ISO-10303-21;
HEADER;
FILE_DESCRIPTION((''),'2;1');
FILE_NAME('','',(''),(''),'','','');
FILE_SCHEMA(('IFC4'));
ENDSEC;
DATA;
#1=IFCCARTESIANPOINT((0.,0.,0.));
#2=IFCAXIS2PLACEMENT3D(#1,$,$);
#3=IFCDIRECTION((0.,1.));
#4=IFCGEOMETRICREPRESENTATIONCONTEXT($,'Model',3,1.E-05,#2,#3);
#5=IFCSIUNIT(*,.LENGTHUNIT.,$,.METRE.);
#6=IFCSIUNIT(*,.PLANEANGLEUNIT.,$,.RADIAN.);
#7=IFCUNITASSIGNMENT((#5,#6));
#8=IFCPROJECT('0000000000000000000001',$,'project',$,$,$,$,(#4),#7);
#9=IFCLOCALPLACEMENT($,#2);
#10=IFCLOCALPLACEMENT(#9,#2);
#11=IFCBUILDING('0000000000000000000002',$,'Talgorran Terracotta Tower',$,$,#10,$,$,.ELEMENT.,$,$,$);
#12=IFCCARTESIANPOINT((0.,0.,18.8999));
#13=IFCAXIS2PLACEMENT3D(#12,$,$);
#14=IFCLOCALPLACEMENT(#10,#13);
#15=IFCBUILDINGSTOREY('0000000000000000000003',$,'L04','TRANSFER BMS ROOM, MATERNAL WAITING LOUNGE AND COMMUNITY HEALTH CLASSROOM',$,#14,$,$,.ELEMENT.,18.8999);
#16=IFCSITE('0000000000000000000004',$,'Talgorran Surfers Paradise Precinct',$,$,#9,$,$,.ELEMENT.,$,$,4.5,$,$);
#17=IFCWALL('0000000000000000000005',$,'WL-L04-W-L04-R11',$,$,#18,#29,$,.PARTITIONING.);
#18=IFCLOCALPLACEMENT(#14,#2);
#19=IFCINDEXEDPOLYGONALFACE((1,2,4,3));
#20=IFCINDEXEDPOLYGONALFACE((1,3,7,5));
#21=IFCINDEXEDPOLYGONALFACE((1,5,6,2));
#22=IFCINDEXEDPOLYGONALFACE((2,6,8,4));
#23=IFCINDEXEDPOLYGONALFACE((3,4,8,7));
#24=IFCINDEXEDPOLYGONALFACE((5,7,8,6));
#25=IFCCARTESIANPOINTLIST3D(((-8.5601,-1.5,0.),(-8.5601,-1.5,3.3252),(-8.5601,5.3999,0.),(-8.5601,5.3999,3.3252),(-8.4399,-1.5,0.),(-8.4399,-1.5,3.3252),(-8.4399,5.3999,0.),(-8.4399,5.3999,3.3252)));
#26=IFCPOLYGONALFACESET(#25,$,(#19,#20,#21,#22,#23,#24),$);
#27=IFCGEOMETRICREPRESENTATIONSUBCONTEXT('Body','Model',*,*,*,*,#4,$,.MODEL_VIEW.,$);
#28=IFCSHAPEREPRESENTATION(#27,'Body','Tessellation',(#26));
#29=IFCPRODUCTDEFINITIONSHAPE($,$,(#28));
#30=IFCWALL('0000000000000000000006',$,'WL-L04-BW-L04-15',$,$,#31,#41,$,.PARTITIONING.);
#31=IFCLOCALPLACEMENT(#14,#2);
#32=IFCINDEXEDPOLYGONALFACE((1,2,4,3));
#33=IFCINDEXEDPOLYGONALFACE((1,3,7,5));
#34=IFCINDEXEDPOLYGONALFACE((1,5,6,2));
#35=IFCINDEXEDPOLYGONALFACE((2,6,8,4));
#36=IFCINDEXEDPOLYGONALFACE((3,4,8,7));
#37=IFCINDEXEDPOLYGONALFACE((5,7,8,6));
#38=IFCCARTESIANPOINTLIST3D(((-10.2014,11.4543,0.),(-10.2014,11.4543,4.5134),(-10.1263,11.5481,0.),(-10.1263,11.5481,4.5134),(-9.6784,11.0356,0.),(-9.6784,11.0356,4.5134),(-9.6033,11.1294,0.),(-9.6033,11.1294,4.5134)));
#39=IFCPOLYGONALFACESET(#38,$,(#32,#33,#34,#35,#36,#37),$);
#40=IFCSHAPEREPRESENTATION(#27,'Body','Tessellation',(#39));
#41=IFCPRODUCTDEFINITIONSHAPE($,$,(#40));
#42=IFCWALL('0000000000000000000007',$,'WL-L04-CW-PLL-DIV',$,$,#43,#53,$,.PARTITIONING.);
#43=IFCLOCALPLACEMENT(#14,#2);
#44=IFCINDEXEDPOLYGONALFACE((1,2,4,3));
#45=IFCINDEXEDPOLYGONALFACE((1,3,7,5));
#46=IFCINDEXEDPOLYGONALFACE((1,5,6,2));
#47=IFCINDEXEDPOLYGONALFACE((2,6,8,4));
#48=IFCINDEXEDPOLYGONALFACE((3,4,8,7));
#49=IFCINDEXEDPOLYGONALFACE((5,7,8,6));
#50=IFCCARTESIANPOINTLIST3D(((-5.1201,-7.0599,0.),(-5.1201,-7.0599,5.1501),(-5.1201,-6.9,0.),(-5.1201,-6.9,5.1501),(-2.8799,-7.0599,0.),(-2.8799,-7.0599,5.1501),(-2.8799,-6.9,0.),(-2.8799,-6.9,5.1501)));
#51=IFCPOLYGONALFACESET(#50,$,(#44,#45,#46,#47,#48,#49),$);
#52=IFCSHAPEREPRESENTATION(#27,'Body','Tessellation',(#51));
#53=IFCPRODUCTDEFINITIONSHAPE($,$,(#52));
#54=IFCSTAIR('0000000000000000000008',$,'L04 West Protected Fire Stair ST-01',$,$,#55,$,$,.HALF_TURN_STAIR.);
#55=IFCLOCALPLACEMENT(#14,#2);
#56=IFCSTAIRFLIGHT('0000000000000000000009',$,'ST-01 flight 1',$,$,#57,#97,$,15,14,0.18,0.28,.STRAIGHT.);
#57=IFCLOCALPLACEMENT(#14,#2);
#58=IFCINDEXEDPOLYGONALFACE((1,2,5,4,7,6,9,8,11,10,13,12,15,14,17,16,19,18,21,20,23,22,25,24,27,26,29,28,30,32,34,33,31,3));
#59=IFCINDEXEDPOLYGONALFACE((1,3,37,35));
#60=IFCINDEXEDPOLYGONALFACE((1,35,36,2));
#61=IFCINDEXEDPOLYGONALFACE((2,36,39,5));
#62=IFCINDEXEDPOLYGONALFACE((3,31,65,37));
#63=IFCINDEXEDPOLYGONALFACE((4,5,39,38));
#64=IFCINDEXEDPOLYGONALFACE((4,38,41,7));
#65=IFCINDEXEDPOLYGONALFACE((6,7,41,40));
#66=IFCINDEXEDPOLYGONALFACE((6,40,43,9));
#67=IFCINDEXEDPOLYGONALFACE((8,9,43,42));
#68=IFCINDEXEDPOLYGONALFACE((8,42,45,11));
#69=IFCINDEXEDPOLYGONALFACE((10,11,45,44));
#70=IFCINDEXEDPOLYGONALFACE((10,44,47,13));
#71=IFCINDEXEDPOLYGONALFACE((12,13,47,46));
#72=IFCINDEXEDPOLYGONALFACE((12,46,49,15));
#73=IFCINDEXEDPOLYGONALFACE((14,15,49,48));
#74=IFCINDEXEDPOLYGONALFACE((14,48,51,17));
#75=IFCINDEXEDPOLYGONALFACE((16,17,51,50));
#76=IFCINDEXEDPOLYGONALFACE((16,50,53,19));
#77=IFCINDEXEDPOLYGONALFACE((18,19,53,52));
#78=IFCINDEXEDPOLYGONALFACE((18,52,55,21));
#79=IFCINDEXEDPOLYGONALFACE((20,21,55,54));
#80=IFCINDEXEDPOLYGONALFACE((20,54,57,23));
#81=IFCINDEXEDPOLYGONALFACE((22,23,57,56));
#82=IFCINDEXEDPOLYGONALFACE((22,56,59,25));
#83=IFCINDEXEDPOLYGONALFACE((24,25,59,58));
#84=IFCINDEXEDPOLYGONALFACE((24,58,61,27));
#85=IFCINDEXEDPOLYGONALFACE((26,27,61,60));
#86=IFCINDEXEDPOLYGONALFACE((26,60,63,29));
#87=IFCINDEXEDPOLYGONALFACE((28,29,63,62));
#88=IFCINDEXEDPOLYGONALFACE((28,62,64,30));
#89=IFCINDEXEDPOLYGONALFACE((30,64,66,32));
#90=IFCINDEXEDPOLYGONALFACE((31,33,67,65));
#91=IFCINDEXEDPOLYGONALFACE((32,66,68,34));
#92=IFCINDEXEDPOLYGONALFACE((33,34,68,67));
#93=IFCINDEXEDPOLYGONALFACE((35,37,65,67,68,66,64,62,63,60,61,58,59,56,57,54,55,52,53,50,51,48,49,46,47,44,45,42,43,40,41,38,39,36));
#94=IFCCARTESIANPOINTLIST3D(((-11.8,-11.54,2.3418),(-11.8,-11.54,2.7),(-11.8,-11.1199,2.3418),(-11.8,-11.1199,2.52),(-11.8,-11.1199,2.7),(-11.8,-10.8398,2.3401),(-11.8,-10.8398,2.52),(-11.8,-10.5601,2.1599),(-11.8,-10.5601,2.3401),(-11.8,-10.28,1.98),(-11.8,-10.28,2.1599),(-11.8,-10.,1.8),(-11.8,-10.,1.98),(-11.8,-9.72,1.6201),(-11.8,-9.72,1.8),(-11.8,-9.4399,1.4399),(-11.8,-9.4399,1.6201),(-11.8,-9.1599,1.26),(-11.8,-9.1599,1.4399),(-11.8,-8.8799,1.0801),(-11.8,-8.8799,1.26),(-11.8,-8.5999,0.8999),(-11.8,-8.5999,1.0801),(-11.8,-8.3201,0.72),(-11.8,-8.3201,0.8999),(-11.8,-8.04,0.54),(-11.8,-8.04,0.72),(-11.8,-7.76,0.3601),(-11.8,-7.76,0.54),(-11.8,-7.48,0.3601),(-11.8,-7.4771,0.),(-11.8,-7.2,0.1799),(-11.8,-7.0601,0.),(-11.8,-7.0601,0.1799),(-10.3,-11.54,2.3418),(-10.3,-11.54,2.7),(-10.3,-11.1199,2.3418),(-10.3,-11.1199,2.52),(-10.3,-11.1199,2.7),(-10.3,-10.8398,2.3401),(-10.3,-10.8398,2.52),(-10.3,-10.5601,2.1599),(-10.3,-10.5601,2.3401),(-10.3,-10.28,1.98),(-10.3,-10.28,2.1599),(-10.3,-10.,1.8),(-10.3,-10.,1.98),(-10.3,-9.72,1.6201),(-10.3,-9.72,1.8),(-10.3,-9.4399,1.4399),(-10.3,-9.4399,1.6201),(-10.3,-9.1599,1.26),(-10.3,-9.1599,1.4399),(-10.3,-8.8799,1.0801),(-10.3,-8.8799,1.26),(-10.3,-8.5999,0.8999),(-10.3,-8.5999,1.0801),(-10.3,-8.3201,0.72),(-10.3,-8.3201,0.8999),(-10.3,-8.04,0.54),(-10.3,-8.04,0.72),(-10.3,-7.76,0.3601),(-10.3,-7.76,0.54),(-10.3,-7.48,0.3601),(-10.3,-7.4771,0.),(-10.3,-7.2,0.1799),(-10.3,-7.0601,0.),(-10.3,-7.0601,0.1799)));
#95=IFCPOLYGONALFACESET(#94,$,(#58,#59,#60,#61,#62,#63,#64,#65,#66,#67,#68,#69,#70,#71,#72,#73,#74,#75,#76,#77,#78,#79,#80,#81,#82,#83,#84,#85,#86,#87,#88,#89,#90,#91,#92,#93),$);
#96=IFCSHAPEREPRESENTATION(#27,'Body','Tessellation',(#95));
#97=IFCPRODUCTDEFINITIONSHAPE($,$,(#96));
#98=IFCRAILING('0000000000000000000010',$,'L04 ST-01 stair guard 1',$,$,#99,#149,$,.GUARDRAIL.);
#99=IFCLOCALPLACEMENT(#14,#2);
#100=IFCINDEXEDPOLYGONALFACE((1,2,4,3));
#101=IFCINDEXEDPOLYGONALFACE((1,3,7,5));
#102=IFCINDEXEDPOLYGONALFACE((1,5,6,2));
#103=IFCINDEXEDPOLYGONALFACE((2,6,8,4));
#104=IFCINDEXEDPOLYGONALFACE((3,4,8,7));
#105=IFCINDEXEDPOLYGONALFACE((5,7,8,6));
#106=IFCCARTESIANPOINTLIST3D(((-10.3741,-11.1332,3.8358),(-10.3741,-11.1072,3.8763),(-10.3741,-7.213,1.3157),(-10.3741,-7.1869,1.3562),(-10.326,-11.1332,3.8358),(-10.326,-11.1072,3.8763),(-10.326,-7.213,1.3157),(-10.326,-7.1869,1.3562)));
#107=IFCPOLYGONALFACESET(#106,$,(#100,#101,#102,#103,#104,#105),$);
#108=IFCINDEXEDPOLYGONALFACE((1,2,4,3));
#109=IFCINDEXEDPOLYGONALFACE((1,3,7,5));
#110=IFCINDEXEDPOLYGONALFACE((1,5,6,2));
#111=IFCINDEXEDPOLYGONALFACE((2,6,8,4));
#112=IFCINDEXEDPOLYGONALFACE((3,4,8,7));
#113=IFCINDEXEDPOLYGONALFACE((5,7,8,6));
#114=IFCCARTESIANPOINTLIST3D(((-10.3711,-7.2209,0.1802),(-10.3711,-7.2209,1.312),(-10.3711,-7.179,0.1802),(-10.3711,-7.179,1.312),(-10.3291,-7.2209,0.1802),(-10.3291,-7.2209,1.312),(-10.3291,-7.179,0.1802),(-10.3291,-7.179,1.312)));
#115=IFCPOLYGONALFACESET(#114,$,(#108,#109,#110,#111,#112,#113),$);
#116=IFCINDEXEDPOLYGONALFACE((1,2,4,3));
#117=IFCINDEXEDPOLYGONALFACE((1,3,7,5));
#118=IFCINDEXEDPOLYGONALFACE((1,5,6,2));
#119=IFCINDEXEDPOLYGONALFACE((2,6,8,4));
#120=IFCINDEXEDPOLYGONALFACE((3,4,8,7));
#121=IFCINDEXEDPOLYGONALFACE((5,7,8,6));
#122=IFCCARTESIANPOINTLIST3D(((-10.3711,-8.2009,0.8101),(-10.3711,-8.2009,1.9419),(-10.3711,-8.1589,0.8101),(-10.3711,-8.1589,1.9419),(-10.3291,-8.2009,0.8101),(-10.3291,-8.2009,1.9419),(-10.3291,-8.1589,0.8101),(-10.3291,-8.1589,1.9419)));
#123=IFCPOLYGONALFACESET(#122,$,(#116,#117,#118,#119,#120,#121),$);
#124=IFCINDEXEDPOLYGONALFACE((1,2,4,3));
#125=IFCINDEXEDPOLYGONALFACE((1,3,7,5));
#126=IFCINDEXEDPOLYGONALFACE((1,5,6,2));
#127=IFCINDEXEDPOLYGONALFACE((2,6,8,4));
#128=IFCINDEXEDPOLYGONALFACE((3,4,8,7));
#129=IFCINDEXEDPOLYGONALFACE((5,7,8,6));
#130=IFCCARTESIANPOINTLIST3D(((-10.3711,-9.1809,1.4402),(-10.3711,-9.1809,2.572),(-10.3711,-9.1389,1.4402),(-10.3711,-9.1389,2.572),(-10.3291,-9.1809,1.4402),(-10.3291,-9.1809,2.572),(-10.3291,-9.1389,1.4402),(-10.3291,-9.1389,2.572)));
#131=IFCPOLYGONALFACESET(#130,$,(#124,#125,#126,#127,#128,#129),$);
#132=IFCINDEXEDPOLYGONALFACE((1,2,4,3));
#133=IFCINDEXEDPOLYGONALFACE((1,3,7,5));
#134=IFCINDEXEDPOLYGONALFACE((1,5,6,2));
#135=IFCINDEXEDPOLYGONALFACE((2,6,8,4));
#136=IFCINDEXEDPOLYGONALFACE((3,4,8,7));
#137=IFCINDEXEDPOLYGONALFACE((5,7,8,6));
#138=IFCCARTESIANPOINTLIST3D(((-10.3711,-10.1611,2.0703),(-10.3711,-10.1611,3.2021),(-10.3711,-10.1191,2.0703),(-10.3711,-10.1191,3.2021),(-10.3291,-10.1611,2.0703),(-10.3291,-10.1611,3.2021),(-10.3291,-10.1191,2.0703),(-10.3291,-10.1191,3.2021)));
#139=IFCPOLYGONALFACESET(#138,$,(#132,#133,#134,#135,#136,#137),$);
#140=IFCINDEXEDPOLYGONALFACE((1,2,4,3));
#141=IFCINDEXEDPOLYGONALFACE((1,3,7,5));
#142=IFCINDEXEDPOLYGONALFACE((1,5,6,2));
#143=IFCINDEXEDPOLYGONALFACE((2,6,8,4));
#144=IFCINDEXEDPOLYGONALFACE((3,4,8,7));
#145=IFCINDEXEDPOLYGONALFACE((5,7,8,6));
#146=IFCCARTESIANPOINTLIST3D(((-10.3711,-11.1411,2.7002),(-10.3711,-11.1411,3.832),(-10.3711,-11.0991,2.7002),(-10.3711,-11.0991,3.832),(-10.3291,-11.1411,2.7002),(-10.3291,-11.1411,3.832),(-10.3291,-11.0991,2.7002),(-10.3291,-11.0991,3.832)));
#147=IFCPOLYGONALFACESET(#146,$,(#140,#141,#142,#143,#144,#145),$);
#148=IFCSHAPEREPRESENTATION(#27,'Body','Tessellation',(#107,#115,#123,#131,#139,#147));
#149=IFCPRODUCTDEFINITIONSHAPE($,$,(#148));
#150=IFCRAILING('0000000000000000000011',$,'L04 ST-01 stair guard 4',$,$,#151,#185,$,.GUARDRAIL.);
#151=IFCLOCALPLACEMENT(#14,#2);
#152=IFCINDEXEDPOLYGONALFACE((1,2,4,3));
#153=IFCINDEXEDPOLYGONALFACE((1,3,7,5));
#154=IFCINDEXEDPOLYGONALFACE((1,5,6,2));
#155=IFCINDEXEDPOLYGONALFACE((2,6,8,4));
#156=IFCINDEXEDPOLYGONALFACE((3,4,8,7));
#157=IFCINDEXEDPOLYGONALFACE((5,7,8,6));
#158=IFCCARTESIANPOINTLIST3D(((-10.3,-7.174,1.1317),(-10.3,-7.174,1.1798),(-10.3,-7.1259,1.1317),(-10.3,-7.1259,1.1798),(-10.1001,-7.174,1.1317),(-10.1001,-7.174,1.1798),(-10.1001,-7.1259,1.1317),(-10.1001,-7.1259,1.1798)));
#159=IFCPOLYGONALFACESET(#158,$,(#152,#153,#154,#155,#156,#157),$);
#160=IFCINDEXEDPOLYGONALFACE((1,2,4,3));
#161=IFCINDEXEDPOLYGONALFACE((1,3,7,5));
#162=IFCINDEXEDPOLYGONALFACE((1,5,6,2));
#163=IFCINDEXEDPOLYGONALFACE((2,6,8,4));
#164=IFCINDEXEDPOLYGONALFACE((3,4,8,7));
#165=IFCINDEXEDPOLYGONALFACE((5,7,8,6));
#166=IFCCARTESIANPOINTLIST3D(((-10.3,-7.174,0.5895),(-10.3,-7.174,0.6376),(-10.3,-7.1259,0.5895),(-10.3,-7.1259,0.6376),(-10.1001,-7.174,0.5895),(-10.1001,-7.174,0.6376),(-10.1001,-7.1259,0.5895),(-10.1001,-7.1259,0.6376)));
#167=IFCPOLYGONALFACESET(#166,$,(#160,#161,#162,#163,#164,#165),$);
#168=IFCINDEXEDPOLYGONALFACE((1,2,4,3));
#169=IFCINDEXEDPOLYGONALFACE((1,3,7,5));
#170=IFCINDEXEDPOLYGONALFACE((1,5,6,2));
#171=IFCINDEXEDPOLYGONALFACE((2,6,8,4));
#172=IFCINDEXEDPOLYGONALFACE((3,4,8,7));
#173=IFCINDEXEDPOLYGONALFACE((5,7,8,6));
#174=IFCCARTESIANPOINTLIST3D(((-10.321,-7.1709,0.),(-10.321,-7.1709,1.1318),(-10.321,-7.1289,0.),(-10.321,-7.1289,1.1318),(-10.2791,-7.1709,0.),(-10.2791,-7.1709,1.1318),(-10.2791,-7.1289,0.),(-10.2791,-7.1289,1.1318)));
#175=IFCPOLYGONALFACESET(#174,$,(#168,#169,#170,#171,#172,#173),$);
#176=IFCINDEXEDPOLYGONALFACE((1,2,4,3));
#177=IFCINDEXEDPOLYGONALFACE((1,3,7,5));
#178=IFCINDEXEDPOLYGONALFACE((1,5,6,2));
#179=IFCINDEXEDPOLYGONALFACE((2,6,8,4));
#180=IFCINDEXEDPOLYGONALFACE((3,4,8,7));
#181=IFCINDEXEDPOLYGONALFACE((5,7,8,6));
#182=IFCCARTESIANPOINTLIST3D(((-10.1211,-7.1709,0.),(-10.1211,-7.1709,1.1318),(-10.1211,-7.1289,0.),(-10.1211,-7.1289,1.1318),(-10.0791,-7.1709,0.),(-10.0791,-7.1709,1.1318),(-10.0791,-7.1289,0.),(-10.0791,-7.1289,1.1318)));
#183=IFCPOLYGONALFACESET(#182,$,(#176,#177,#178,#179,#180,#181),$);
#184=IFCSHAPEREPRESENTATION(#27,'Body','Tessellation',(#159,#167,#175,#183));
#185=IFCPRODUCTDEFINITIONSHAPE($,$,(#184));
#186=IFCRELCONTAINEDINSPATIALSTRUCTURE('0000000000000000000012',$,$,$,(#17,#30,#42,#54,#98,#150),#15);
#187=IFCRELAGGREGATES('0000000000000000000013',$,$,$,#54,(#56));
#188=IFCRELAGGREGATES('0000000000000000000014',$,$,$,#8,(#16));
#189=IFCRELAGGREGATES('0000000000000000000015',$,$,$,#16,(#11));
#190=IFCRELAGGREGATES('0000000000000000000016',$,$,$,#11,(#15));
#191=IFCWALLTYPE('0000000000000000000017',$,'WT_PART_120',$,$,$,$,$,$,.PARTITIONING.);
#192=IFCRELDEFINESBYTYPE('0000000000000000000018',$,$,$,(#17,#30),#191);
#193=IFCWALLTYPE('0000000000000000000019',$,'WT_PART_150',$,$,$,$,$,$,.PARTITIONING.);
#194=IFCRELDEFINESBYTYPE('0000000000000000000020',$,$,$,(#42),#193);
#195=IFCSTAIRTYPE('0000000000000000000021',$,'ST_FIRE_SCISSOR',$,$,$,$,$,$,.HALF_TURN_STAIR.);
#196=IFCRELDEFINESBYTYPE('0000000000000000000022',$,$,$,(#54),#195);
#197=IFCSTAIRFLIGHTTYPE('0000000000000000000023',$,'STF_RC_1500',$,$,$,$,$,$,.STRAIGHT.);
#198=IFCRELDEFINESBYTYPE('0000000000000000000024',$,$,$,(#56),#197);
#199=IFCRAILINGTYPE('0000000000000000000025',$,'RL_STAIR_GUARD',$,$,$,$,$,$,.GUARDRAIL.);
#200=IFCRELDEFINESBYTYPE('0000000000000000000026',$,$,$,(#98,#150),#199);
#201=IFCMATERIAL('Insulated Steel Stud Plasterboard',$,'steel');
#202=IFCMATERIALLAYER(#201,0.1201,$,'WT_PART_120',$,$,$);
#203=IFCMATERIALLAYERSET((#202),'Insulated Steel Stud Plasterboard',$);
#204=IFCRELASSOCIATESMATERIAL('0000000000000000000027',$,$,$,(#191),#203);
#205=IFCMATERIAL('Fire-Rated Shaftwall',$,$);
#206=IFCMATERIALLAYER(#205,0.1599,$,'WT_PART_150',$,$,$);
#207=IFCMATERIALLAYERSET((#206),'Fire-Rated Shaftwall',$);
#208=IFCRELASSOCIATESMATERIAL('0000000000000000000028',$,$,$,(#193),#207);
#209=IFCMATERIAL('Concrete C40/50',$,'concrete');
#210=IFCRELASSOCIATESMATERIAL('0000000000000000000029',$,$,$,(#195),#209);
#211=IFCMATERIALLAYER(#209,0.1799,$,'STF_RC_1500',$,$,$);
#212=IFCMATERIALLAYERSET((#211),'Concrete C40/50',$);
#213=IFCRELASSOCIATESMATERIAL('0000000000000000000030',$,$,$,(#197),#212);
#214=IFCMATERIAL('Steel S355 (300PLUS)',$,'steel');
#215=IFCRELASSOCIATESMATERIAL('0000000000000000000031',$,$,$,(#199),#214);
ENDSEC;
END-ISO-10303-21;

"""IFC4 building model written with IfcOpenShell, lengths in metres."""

from ifc_helpers import new_model, si_unit, direction, frame, frame_2d, origin, origin_2d, place, context, subcontext, project, spatial, polyline, rectangle, outline, extrude, material, layer, layer_set, type_object, element, aggregate, save


model = new_model("IFC4")

# Units and contexts
model_context = context("Model", 3, precision=1e-05, world=origin(), true_north=direction((0.0, 1.0)))
body_context = subcontext(model_context, "Body", "Model", "MODEL_VIEW")
ifc_project = project(units=[si_unit("LENGTHUNIT", "METRE"), si_unit("PLANEANGLEUNIT", "RADIAN")], contexts=[model_context])

# Site, building, storey
site_placement = place(None, origin())
site = spatial("IfcSite", under=ifc_project, at=site_placement, Name="Talgorran Surfers Paradise Precinct", CompositionType="ELEMENT", RefElevation=4.5)
building_placement = place(site_placement, origin())
building = spatial("IfcBuilding", under=site, at=building_placement, Name="Talgorran Terracotta Tower", CompositionType="ELEMENT")
storey_placement = place(building_placement, frame((0.0, 0.0, 18.8999)))
storey = spatial("IfcBuildingStorey", under=building, at=storey_placement, Name="L04", Description="TRANSFER BMS ROOM, MATERNAL WAITING LOUNGE AND COMMUNITY HEALTH CLASSROOM", CompositionType="ELEMENT", Elevation=18.8999)

# Shared definitions
ifc_material_1 = material(Name="Steel S355 (300PLUS)", Category="steel")

# Shared definitions
ifc_material_2 = material(Name="Insulated Steel Stud Plasterboard", Category="steel")
ifc_layer_1 = layer(ifc_material_2, 0.1201, Name="WT_PART_120")
ifc_layer_set_1 = layer_set([ifc_layer_1], Name="Insulated Steel Stud Plasterboard")
wall_type_1 = type_object("IfcWallType", Name="WT_PART_120", PredefinedType="PARTITIONING", material=ifc_layer_set_1)

# Walls
wall_1_placement = place(storey_placement, frame((-8.5, -1.5, 0.0), z_axis=(0.0, 0.0, 1.0), x_axis=(0.0, 1.0, 0.0)))
element("IfcWall", 1, at=wall_1_placement, inside=storey, type_object=wall_type_1, Name="WL-L04-W-L04-R11", PredefinedType="PARTITIONING", context=body_context, shape_type="SweptSolid", body=[
    extrude(rectangle(XDim=6.8999, YDim=0.1201, at=frame_2d((3.45, 0.0))), origin(), (0.0, 0.0, 1.0), 3.3252),
])
wall_2_placement = place(storey_placement, frame((-9.6409, 11.0825, 0.0), z_axis=(0.0, 0.0, 1.0), x_axis=(-0.78062, 0.625006, 0.0)))
element("IfcWall", 2, at=wall_2_placement, inside=storey, type_object=wall_type_1, Name="WL-L04-BW-L04-15", PredefinedType="PARTITIONING", context=body_context, shape_type="SweptSolid", body=[
    extrude(rectangle(XDim=0.6699, YDim=0.1201, at=frame_2d((0.335, 0.0))), origin(), (0.0, 0.0, 1.0), 4.5134),
])
ifc_material_3 = material(Name="Fire-Rated Shaftwall")
ifc_layer_2 = layer(ifc_material_3, 0.1599, Name="WT_PART_150")
ifc_layer_set_2 = layer_set([ifc_layer_2], Name="Fire-Rated Shaftwall")
wall_type_2 = type_object("IfcWallType", Name="WT_PART_150", PredefinedType="PARTITIONING", material=ifc_layer_set_2)
wall_3_placement = place(storey_placement, frame((-5.1201, -6.98, 0.0), z_axis=(0.0, 0.0, 1.0), x_axis=(1.0, 0.0, 0.0)))
element("IfcWall", 3, at=wall_3_placement, inside=storey, type_object=wall_type_2, Name="WL-L04-CW-PLL-DIV", PredefinedType="PARTITIONING", context=body_context, shape_type="SweptSolid", body=[
    extrude(rectangle(XDim=2.2402, YDim=0.1599, at=frame_2d((1.1201, 0.0))), origin(), (0.0, 0.0, 1.0), 5.1501),
])

# Stair, stair flight
ifc_material_4 = material(Name="Concrete C40/50", Category="concrete")
stair_type = type_object("IfcStairType", Name="ST_FIRE_SCISSOR", PredefinedType="HALF_TURN_STAIR", material=ifc_material_4)
stair_placement = place(storey_placement, origin())
stair = element("IfcStair", 4, at=stair_placement, inside=storey, type_object=stair_type, Name="L04 West Protected Fire Stair ST-01", PredefinedType="HALF_TURN_STAIR")
ifc_layer_3 = layer(ifc_material_4, 0.1799, Name="STF_RC_1500")
ifc_layer_set_3 = layer_set([ifc_layer_3], Name="Concrete C40/50")
stair_flight_type = type_object("IfcStairFlightType", Name="STF_RC_1500", PredefinedType="STRAIGHT", material=ifc_layer_set_3)
stair_flight_placement = place(storey_placement, frame((-11.05, -7.2, 0.0), z_axis=(0.0, 0.0, 1.0), x_axis=(0.0, -1.0, 0.0)))
stair_flight = element("IfcStairFlight", 5, at=stair_flight_placement, type_object=stair_flight_type, Name="ST-01 flight 1", NumberOfRisers=15, NumberOfTreads=14, PredefinedType="STRAIGHT", RiserHeight=0.18, TreadLength=0.28, context=body_context, shape_type="SweptSolid", body=[
    extrude(outline(polyline([(-0.1399, 0.0), (-0.1399, 0.1799), (0.0, 0.1799), (0.28, 0.3601), (0.5601, 0.3601), (0.5601, 0.54), (0.8401, 0.54), (0.8401, 0.72), (1.1201, 0.72), (1.1201, 0.8999), (1.3999, 0.8999), (1.3999, 1.0801), (1.6799, 1.0801), (1.6799, 1.26), (1.96, 1.26), (1.96, 1.4399), (2.24, 1.4399), (2.24, 1.6201), (2.52, 1.6201), (2.52, 1.8), (2.8, 1.8), (2.8, 1.98), (3.0801, 1.98), (3.0801, 2.1599), (3.3601, 2.1599), (3.3601, 2.3401), (3.6399, 2.3401), (3.6399, 2.52), (3.9199, 2.52), (3.9199, 2.7), (4.3401, 2.7), (4.3401, 2.3418), (3.9199, 2.3418), (0.2771, 0.0), (-0.1399, 0.0)])), frame((0.0, 0.75, 0.0), z_axis=(0.0, -1.0, 0.0), x_axis=(1.0, 0.0, 0.0)), (0.0, 0.0, 1.0), 1.5),
])
aggregate(stair, [stair_flight])

# Railings
railing_type = type_object("IfcRailingType", Name="RL_STAIR_GUARD", PredefinedType="GUARDRAIL", material=ifc_material_1)
railing_1_placement = place(storey_placement, frame((-10.3501, -7.2, 0.1802)))
element("IfcRailing", 6, at=railing_1_placement, inside=storey, type_object=railing_type, Name="L04 ST-01 stair guard 1", PredefinedType="GUARDRAIL", context=body_context, shape_type="SweptSolid", body=[
    extrude(rectangle(XDim=0.0481, YDim=0.0481, at=origin_2d()), frame((0.0, 0.0, 1.1558), z_axis=(0.0, -0.841187, 0.540744), x_axis=(1.0, 0.0, 0.0)), (0.0, 0.0, 1.0), 4.6604),
    extrude(rectangle(XDim=0.042, YDim=0.042, at=origin_2d()), origin(), (0.0, 0.0, 1.0), 1.1318),
    extrude(rectangle(XDim=0.042, YDim=0.042, at=origin_2d()), frame((0.0, -0.98, 0.6299)), (0.0, 0.0, 1.0), 1.1318),
    extrude(rectangle(XDim=0.042, YDim=0.042, at=origin_2d()), frame((0.0, -1.96, 1.26)), (0.0, 0.0, 1.0), 1.1318),
    extrude(rectangle(XDim=0.042, YDim=0.042, at=origin_2d()), frame((0.0, -2.9402, 1.8901)), (0.0, 0.0, 1.0), 1.1318),
    extrude(rectangle(XDim=0.042, YDim=0.042, at=origin_2d()), frame((0.0, -3.9202, 2.52)), (0.0, 0.0, 1.0), 1.1318),
])
railing_2_placement = place(storey_placement, frame((-10.3, -7.1499, 0.0)))
element("IfcRailing", 7, at=railing_2_placement, inside=storey, type_object=railing_type, Name="L04 ST-01 stair guard 4", PredefinedType="GUARDRAIL", context=body_context, shape_type="SweptSolid", body=[
    extrude(rectangle(XDim=0.0481, YDim=0.0481, at=origin_2d()), frame((0.0, 0.0, 1.1558), z_axis=(1.0, 0.0, 0.0), x_axis=(0.0, 1.0, 0.0)), (0.0, 0.0, 1.0), 0.2),
    extrude(rectangle(XDim=0.0481, YDim=0.0481, at=origin_2d()), frame((0.0, 0.0, 0.6135), z_axis=(1.0, 0.0, 0.0), x_axis=(0.0, 1.0, 0.0)), (0.0, 0.0, 1.0), 0.2),
    extrude(rectangle(XDim=0.042, YDim=0.042, at=origin_2d()), origin(), (0.0, 0.0, 1.0), 1.1318),
    extrude(rectangle(XDim=0.042, YDim=0.042, at=origin_2d()), frame((0.2, 0.0, 0.0)), (0.0, 0.0, 1.0), 1.1318),
])

save(model, "model.ifc")
